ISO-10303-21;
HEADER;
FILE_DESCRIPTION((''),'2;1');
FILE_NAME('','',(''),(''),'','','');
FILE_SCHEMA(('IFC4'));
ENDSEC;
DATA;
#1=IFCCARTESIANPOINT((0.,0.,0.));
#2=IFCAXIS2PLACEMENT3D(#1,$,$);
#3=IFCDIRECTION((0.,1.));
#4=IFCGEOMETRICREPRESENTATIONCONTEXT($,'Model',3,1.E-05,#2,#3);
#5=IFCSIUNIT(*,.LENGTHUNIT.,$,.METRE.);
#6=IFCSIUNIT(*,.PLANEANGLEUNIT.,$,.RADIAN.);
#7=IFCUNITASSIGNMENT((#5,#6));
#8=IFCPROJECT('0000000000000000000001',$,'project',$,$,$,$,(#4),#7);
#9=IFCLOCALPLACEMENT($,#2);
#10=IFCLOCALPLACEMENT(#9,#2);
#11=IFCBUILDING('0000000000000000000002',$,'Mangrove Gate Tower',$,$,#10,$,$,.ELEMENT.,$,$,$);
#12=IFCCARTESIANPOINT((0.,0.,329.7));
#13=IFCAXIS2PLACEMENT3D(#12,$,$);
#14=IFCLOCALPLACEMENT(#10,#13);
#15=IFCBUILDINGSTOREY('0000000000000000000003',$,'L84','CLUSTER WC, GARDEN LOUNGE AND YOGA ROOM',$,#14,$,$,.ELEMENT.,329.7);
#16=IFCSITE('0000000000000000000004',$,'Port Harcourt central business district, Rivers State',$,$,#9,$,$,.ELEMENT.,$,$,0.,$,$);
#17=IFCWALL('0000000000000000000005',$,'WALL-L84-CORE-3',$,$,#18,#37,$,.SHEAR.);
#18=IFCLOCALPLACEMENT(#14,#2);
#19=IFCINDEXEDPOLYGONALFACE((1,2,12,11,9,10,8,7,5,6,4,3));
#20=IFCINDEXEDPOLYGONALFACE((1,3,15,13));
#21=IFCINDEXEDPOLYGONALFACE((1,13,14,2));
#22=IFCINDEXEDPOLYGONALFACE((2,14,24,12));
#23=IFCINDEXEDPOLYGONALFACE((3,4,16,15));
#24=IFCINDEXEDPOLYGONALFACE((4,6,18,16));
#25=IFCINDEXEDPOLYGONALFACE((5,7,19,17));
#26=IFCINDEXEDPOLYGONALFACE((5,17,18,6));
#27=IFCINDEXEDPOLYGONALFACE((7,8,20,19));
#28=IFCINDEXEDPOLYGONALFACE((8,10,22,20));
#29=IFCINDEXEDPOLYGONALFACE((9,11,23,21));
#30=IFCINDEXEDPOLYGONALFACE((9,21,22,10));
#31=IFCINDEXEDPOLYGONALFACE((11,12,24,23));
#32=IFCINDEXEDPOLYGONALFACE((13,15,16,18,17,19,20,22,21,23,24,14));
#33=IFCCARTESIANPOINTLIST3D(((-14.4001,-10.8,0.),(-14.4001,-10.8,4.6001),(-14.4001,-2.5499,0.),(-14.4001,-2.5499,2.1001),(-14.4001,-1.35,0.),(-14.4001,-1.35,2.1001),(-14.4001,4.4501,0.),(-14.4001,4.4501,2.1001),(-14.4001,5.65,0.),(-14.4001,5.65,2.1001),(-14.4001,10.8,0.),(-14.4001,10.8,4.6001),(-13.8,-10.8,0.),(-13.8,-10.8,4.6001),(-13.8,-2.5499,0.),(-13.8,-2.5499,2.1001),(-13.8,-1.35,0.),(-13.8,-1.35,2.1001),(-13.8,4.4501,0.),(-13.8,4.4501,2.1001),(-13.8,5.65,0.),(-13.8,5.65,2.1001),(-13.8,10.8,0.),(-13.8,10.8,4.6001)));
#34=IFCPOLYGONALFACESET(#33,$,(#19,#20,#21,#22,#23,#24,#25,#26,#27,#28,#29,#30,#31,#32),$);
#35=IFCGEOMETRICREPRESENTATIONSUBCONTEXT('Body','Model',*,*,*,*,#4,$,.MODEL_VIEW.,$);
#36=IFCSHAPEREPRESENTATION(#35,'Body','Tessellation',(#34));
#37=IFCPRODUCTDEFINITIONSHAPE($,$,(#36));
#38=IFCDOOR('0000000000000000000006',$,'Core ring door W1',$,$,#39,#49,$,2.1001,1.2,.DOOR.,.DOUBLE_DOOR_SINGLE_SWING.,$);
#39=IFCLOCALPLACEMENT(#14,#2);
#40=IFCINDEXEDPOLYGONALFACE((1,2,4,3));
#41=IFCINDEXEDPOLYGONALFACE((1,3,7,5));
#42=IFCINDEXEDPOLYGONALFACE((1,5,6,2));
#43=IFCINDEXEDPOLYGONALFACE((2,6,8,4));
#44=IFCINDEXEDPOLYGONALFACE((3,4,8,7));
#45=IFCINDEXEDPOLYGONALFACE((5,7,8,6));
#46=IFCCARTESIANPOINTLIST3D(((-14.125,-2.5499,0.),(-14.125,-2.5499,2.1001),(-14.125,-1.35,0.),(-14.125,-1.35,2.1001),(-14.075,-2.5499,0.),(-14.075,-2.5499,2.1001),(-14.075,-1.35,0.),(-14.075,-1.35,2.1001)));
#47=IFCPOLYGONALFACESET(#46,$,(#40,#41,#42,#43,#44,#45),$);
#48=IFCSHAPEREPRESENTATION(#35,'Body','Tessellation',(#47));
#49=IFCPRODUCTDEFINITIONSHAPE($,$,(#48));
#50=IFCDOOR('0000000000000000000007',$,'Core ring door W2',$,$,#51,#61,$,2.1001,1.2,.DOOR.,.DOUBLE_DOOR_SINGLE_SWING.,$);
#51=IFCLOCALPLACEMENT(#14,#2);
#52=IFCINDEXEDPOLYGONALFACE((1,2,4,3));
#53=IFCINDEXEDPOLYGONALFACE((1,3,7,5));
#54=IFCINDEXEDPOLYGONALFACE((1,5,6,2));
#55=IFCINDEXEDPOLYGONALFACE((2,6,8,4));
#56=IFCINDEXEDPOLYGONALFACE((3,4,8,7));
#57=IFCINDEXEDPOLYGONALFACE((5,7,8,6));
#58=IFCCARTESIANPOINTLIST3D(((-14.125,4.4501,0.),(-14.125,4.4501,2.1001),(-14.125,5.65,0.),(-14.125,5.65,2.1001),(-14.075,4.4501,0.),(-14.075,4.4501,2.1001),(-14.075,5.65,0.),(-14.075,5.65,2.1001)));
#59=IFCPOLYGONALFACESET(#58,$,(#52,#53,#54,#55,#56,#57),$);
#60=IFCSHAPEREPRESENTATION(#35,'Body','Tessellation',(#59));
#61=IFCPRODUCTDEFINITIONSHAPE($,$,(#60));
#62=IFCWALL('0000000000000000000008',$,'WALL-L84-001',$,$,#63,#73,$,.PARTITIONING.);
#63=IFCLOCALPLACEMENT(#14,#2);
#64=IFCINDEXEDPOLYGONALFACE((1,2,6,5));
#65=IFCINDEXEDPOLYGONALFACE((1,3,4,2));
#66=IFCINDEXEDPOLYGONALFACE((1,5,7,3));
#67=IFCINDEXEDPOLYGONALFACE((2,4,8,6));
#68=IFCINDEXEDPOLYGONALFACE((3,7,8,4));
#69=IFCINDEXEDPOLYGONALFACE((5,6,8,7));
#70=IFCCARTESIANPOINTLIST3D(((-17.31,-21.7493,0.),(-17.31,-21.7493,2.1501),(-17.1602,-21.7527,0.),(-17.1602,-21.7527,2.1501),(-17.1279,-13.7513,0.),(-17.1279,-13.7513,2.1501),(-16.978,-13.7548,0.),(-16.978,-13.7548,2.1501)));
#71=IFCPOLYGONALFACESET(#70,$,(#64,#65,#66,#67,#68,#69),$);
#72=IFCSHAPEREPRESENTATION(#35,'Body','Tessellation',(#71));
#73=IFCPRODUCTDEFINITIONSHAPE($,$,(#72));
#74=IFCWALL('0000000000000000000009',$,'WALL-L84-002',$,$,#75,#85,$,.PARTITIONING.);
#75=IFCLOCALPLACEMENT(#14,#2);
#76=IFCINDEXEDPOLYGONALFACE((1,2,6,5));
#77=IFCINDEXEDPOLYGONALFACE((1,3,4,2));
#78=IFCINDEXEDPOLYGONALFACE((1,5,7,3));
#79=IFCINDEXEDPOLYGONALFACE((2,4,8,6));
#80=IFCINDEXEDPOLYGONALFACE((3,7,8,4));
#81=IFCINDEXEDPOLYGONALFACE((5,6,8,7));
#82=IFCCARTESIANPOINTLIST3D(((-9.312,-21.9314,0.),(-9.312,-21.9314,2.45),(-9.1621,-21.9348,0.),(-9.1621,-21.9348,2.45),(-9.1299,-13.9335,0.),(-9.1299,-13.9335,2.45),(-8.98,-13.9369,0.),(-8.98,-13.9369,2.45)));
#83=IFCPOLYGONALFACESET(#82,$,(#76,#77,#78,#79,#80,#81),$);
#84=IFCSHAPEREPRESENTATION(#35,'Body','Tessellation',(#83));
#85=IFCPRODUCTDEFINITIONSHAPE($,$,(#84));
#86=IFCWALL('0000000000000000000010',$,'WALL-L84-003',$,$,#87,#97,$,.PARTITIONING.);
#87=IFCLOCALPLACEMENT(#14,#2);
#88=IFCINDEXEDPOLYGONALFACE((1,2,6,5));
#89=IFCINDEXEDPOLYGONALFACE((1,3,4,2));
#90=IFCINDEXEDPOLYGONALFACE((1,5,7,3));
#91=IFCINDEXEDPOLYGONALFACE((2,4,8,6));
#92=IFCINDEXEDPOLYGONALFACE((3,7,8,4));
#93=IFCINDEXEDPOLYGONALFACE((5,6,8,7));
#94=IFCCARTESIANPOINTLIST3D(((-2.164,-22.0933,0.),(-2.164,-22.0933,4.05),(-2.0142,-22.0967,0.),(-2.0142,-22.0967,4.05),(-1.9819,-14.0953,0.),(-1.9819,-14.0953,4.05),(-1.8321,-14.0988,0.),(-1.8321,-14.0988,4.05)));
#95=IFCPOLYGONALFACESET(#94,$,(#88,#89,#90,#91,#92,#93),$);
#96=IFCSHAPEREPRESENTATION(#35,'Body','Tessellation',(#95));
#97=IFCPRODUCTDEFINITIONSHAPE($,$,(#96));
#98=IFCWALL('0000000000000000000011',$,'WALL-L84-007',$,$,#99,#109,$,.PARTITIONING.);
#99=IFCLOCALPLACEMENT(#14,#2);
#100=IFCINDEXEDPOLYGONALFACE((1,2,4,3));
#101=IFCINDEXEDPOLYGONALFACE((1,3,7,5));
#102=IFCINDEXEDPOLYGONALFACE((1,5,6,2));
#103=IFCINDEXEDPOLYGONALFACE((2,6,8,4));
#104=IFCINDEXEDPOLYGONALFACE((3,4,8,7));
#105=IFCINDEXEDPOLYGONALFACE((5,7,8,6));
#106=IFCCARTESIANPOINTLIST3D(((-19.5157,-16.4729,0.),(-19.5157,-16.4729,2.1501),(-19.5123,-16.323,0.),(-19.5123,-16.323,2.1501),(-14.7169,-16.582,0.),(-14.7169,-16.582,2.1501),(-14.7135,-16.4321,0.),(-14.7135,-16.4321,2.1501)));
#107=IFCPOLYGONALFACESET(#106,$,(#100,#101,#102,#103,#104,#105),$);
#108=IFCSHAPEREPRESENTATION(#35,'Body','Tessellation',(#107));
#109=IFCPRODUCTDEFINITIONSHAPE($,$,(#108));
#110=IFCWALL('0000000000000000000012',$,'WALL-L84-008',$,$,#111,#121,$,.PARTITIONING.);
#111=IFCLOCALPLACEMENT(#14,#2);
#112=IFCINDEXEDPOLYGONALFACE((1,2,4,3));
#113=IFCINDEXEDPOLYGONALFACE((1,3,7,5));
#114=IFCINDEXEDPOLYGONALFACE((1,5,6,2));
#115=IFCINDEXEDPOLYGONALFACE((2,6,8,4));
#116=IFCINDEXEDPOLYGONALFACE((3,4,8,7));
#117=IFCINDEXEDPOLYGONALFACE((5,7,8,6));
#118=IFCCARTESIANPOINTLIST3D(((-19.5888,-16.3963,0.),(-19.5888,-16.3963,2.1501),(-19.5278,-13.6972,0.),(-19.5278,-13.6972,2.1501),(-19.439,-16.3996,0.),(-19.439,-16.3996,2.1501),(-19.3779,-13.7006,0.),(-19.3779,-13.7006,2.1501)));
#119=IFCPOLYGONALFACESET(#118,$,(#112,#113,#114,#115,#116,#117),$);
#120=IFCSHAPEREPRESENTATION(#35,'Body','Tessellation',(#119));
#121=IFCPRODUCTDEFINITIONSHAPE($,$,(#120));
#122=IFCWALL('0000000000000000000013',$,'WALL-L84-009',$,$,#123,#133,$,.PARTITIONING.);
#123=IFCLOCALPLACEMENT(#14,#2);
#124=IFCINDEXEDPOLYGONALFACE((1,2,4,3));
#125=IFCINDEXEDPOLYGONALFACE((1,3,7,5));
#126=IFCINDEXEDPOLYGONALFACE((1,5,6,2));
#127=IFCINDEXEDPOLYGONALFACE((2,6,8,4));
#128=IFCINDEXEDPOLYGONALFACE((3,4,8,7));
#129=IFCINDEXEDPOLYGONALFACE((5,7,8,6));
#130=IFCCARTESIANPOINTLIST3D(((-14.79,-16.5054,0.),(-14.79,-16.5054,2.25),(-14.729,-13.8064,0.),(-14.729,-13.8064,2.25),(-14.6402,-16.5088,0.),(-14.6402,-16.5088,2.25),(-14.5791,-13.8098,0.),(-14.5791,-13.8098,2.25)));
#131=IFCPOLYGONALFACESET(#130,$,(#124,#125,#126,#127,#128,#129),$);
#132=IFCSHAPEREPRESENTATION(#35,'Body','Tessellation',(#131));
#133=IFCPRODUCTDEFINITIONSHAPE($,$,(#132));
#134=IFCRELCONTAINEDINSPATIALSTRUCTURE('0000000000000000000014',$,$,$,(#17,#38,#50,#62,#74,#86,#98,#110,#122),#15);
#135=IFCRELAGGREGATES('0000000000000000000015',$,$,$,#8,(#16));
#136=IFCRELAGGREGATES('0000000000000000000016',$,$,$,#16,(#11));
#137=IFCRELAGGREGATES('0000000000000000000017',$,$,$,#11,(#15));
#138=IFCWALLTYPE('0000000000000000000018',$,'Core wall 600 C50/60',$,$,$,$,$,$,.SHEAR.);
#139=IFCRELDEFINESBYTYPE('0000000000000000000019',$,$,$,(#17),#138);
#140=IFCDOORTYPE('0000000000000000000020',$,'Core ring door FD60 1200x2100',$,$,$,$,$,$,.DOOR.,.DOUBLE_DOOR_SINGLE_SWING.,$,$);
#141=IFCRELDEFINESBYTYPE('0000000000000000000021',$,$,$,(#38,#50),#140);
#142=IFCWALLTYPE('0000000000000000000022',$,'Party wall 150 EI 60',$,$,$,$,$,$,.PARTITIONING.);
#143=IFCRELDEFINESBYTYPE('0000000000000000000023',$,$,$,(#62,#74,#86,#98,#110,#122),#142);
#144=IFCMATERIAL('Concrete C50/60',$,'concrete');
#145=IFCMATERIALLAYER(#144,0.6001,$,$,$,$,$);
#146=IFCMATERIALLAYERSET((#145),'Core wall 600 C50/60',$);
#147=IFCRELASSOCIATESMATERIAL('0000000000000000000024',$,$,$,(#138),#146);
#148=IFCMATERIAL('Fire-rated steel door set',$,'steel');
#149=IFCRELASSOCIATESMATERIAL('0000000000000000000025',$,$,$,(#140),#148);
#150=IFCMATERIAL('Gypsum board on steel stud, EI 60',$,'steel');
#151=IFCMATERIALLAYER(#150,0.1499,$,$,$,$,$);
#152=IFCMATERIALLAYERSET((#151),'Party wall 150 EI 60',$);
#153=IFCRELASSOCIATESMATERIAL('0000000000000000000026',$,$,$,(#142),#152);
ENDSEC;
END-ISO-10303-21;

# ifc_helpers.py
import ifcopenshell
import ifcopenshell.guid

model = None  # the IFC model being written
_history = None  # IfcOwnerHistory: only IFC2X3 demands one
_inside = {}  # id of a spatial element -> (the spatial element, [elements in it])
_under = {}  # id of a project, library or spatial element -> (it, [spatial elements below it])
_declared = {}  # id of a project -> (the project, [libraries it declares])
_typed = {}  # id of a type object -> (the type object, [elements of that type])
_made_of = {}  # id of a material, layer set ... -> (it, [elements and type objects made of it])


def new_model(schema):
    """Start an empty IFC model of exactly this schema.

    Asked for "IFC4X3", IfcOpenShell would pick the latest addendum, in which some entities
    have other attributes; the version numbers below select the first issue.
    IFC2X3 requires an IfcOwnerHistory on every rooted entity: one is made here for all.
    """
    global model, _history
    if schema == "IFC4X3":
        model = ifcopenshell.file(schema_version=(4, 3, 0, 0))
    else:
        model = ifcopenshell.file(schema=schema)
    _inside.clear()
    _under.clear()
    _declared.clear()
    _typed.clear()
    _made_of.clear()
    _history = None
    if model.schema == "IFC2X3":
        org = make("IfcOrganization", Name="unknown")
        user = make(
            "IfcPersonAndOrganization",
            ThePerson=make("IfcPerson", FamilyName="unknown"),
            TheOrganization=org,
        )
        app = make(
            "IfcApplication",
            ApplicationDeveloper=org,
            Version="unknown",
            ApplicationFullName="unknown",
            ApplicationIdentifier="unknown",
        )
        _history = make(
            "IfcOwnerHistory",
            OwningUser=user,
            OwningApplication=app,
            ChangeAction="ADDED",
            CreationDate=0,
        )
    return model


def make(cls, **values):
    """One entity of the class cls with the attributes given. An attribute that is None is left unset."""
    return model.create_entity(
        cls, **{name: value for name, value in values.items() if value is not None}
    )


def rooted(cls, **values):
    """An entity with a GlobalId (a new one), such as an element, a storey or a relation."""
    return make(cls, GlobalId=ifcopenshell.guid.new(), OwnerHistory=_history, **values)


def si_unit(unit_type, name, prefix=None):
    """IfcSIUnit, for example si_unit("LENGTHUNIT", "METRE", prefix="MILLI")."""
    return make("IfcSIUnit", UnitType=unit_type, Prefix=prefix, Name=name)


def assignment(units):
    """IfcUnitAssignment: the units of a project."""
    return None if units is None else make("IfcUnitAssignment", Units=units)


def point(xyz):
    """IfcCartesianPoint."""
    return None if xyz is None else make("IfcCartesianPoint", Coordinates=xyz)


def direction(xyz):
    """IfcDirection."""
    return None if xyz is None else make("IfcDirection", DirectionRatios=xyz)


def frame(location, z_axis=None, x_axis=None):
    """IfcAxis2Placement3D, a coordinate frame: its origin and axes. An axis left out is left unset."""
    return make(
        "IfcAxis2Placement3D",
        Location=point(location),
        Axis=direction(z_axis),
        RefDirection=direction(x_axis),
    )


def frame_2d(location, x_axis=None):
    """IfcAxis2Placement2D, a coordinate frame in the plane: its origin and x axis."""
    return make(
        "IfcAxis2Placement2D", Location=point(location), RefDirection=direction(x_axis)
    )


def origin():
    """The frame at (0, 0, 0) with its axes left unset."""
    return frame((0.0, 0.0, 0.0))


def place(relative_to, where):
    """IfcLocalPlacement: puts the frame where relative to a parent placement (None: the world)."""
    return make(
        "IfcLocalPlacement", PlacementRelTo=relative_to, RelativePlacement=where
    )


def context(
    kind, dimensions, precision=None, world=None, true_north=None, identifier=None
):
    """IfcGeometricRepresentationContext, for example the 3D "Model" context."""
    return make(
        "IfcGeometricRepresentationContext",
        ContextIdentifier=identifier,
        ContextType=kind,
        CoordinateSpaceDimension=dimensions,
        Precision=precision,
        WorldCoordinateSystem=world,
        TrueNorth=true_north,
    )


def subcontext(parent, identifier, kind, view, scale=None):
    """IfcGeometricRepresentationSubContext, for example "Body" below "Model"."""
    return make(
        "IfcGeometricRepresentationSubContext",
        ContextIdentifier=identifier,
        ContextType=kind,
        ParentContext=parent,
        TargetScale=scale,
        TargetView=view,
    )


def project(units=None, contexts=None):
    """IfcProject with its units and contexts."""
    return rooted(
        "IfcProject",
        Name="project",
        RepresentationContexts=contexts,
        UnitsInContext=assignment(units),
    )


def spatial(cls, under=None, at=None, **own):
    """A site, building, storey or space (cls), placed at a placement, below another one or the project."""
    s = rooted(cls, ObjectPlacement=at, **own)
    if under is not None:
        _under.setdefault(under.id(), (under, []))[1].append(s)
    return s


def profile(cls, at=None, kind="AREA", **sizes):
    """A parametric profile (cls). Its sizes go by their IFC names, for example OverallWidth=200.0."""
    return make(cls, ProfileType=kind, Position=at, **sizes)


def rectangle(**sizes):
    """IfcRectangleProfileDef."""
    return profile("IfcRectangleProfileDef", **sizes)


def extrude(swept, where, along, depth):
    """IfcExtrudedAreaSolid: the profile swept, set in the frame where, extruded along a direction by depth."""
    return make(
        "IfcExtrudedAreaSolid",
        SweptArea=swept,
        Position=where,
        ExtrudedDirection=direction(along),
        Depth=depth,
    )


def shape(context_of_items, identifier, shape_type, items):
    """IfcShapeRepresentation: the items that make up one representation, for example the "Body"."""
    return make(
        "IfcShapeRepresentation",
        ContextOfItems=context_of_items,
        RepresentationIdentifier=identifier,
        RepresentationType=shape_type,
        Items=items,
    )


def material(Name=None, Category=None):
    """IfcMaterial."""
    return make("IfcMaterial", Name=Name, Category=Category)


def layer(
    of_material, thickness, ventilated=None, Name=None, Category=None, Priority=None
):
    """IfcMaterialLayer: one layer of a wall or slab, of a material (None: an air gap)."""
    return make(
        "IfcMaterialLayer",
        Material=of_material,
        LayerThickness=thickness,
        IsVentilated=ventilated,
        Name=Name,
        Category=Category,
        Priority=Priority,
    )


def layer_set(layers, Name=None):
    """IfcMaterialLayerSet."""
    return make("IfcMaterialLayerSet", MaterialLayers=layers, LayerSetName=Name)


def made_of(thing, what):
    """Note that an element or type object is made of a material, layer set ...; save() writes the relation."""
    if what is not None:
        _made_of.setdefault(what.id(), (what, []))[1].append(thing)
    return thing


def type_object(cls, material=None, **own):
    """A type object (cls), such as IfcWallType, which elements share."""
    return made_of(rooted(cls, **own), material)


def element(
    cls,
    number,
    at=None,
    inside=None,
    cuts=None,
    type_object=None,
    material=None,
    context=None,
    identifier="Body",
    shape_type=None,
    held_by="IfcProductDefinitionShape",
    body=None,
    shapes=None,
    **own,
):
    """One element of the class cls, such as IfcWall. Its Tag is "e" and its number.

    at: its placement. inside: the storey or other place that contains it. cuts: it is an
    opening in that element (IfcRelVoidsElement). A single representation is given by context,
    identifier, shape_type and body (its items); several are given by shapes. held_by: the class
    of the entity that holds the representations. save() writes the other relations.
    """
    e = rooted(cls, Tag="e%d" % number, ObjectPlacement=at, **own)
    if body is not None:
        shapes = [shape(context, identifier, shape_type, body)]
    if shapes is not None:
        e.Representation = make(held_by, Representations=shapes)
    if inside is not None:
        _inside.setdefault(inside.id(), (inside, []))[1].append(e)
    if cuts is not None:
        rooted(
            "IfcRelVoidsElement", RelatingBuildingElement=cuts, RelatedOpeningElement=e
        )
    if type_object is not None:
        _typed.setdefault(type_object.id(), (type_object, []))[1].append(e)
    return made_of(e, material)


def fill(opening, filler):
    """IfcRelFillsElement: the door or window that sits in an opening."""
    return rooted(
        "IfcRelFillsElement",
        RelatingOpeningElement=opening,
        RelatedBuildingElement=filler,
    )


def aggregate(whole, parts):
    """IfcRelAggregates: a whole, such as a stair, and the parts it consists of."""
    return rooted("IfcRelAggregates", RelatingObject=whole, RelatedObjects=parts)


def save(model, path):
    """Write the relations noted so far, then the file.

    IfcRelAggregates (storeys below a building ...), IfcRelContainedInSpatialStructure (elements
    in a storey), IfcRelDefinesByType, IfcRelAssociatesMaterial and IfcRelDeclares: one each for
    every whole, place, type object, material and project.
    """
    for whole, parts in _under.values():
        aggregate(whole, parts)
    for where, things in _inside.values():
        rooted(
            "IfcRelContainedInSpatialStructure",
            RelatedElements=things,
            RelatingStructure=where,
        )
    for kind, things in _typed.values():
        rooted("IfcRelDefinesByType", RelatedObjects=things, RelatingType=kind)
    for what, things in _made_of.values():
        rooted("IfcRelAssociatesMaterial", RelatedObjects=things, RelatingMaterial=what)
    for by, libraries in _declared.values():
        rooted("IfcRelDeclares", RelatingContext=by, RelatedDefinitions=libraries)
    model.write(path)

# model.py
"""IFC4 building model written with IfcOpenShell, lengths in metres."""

from ifc_helpers import new_model, si_unit, direction, frame, frame_2d, origin, place, context, subcontext, project, spatial, rectangle, extrude, material, layer, layer_set, type_object, element, fill, save


model = new_model("IFC4")

# Units and contexts
model_context = context("Model", 3, precision=1e-05, world=origin(), true_north=direction((0.0, 1.0)))
body_context = subcontext(model_context, "Body", "Model", "MODEL_VIEW")
ifc_project = project(units=[si_unit("LENGTHUNIT", "METRE"), si_unit("PLANEANGLEUNIT", "RADIAN")], contexts=[model_context])

# Site, building, storey
site_placement = place(None, origin())
site = spatial("IfcSite", under=ifc_project, at=site_placement, Name="Port Harcourt central business district, Rivers State", CompositionType="ELEMENT", RefElevation=0.0)
building_placement = place(site_placement, origin())
building = spatial("IfcBuilding", under=site, at=building_placement, Name="Mangrove Gate Tower", CompositionType="ELEMENT")
storey_placement = place(building_placement, frame((0.0, 0.0, 329.7)))
storey = spatial("IfcBuildingStorey", under=building, at=storey_placement, Name="L84", Description="CLUSTER WC, GARDEN LOUNGE AND YOGA ROOM", CompositionType="ELEMENT", Elevation=329.7)

# Shared definitions
ifc_material_1 = material(Name="Concrete C50/60", Category="concrete")
ifc_layer_1 = layer(ifc_material_1, 0.6001)
ifc_layer_set_1 = layer_set([ifc_layer_1], Name="Core wall 600 C50/60")
wall_type_1 = type_object("IfcWallType", Name="Core wall 600 C50/60", PredefinedType="SHEAR", material=ifc_layer_set_1)

# Wall, openings, doors
wall_1_placement = place(storey_placement, frame((-14.1001, -10.8, 0.0), z_axis=(0.0, 0.0, 1.0), x_axis=(0.0, 1.0, 0.0)))
wall_1 = element("IfcWall", 1, at=wall_1_placement, inside=storey, type_object=wall_type_1, Name="WALL-L84-CORE-3", PredefinedType="SHEAR", context=body_context, shape_type="SweptSolid", body=[
    extrude(rectangle(XDim=21.6001, YDim=0.6001, at=frame_2d((10.8, 0.0))), origin(), (0.0, 0.0, 1.0), 4.6001),
])
opening_1_placement = place(wall_1_placement, frame((8.25, 0.0, 0.0)))
opening_1 = element("IfcOpeningElement", 2, at=opening_1_placement, cuts=wall_1, PredefinedType="OPENING", context=body_context, shape_type="SweptSolid", body=[
    extrude(rectangle(XDim=1.2, YDim=2.1001, at=frame_2d((0.6001, 1.05))), frame((0.0, 0.3101, 0.0), z_axis=(0.0, -1.0, 0.0), x_axis=(1.0, 0.0, 0.0)), (0.0, 0.0, 1.0), 0.6201),
])
opening_2_placement = place(wall_1_placement, frame((15.25, 0.0, 0.0)))
opening_2 = element("IfcOpeningElement", 3, at=opening_2_placement, cuts=wall_1, PredefinedType="OPENING", context=body_context, shape_type="SweptSolid", body=[
    extrude(rectangle(XDim=1.2, YDim=2.1001, at=frame_2d((0.6001, 1.05))), frame((0.0, 0.3101, 0.0), z_axis=(0.0, -1.0, 0.0), x_axis=(1.0, 0.0, 0.0)), (0.0, 0.0, 1.0), 0.6201),
])
ifc_material_2 = material(Name="Fire-rated steel door set", Category="steel")
door_type_1 = type_object("IfcDoorType", Name="Core ring door FD60 1200x2100", OperationType="DOUBLE_DOOR_SINGLE_SWING", PredefinedType="DOOR", material=ifc_material_2)
door_1_placement = place(opening_1_placement, origin())
door_1 = element("IfcDoor", 4, at=door_1_placement, inside=storey, type_object=door_type_1, Name="Core ring door W1", OperationType="DOUBLE_DOOR_SINGLE_SWING", OverallHeight=2.1001, OverallWidth=1.2, PredefinedType="DOOR", context=body_context, shape_type="SweptSolid", body=[
    extrude(rectangle(XDim=1.2, YDim=2.1001, at=frame_2d((0.6001, 1.05))), frame((0.0, 0.0249, 0.0), z_axis=(0.0, -1.0, 0.0), x_axis=(1.0, 0.0, 0.0)), (0.0, 0.0, 1.0), 0.05),
])
fill(opening_1, door_1)
door_2_placement = place(opening_2_placement, origin())
door_2 = element("IfcDoor", 5, at=door_2_placement, inside=storey, type_object=door_type_1, Name="Core ring door W2", OperationType="DOUBLE_DOOR_SINGLE_SWING", OverallHeight=2.1001, OverallWidth=1.2, PredefinedType="DOOR", context=body_context, shape_type="SweptSolid", body=[
    extrude(rectangle(XDim=1.2, YDim=2.1001, at=frame_2d((0.6001, 1.05))), frame((0.0, 0.0249, 0.0), z_axis=(0.0, -1.0, 0.0), x_axis=(1.0, 0.0, 0.0)), (0.0, 0.0, 1.0), 0.05),
])
fill(opening_2, door_2)

# Walls
ifc_material_3 = material(Name="Gypsum board on steel stud, EI 60", Category="steel")
ifc_layer_2 = layer(ifc_material_3, 0.1499)
ifc_layer_set_2 = layer_set([ifc_layer_2], Name="Party wall 150 EI 60")
wall_type_2 = type_object("IfcWallType", Name="Party wall 150 EI 60", PredefinedType="PARTITIONING", material=ifc_layer_set_2)
wall_2_placement = place(storey_placement, frame((-17.2351, -21.751, 0.0), z_axis=(0.0, 0.0, 1.0), x_axis=(0.022766, 0.999741, 0.0)))
element("IfcWall", 6, at=wall_2_placement, inside=storey, type_object=wall_type_2, Name="WALL-L84-001", PredefinedType="PARTITIONING", context=body_context, shape_type="SweptSolid", body=[
    extrude(rectangle(XDim=8.0, YDim=0.1499, at=frame_2d((4.0, 0.0))), origin(), (0.0, 0.0, 1.0), 2.1501),
])
wall_3_placement = place(storey_placement, frame((-9.2371, -21.9331, 0.0), z_axis=(0.0, 0.0, 1.0), x_axis=(0.022766, 0.999741, 0.0)))
element("IfcWall", 7, at=wall_3_placement, inside=storey, type_object=wall_type_2, Name="WALL-L84-002", PredefinedType="PARTITIONING", context=body_context, shape_type="SweptSolid", body=[
    extrude(rectangle(XDim=8.0, YDim=0.1499, at=frame_2d((4.0, 0.0))), origin(), (0.0, 0.0, 1.0), 2.45),
])
wall_4_placement = place(storey_placement, frame((-2.0891, -22.095, 0.0), z_axis=(0.0, 0.0, 1.0), x_axis=(0.022766, 0.999741, 0.0)))
element("IfcWall", 8, at=wall_4_placement, inside=storey, type_object=wall_type_2, Name="WALL-L84-003", PredefinedType="PARTITIONING", context=body_context, shape_type="SweptSolid", body=[
    extrude(rectangle(XDim=8.0, YDim=0.1499, at=frame_2d((4.0, 0.0))), origin(), (0.0, 0.0, 1.0), 4.05),
])
wall_5_placement = place(storey_placement, frame((-19.5139, -16.3979, 0.0), z_axis=(0.0, 0.0, 1.0), x_axis=(0.999742, -0.022735, 0.0)))
element("IfcWall", 9, at=wall_5_placement, inside=storey, type_object=wall_type_2, Name="WALL-L84-007", PredefinedType="PARTITIONING", context=body_context, shape_type="SweptSolid", body=[
    extrude(rectangle(XDim=4.8, YDim=0.1499, at=frame_2d((2.3999, 0.0))), origin(), (0.0, 0.0, 1.0), 2.1501),
])
wall_6_placement = place(storey_placement, frame((-19.5139, -16.3979, 0.0), z_axis=(0.0, 0.0, 1.0), x_axis=(0.022608, 0.999744, 0.0)))
element("IfcWall", 10, at=wall_6_placement, inside=storey, type_object=wall_type_2, Name="WALL-L84-008", PredefinedType="PARTITIONING", context=body_context, shape_type="SweptSolid", body=[
    extrude(rectangle(XDim=2.6997, YDim=0.1499, at=frame_2d((1.3499, 0.0))), origin(), (0.0, 0.0, 1.0), 2.1501),
])
wall_7_placement = place(storey_placement, frame((-14.7151, -16.5071, 0.0), z_axis=(0.0, 0.0, 1.0), x_axis=(0.022608, 0.999744, 0.0)))
element("IfcWall", 11, at=wall_7_placement, inside=storey, type_object=wall_type_2, Name="WALL-L84-009", PredefinedType="PARTITIONING", context=body_context, shape_type="SweptSolid", body=[
    extrude(rectangle(XDim=2.6997, YDim=0.1499, at=frame_2d((1.3499, 0.0))), origin(), (0.0, 0.0, 1.0), 2.25),
])

save(model, "model.ifc")
